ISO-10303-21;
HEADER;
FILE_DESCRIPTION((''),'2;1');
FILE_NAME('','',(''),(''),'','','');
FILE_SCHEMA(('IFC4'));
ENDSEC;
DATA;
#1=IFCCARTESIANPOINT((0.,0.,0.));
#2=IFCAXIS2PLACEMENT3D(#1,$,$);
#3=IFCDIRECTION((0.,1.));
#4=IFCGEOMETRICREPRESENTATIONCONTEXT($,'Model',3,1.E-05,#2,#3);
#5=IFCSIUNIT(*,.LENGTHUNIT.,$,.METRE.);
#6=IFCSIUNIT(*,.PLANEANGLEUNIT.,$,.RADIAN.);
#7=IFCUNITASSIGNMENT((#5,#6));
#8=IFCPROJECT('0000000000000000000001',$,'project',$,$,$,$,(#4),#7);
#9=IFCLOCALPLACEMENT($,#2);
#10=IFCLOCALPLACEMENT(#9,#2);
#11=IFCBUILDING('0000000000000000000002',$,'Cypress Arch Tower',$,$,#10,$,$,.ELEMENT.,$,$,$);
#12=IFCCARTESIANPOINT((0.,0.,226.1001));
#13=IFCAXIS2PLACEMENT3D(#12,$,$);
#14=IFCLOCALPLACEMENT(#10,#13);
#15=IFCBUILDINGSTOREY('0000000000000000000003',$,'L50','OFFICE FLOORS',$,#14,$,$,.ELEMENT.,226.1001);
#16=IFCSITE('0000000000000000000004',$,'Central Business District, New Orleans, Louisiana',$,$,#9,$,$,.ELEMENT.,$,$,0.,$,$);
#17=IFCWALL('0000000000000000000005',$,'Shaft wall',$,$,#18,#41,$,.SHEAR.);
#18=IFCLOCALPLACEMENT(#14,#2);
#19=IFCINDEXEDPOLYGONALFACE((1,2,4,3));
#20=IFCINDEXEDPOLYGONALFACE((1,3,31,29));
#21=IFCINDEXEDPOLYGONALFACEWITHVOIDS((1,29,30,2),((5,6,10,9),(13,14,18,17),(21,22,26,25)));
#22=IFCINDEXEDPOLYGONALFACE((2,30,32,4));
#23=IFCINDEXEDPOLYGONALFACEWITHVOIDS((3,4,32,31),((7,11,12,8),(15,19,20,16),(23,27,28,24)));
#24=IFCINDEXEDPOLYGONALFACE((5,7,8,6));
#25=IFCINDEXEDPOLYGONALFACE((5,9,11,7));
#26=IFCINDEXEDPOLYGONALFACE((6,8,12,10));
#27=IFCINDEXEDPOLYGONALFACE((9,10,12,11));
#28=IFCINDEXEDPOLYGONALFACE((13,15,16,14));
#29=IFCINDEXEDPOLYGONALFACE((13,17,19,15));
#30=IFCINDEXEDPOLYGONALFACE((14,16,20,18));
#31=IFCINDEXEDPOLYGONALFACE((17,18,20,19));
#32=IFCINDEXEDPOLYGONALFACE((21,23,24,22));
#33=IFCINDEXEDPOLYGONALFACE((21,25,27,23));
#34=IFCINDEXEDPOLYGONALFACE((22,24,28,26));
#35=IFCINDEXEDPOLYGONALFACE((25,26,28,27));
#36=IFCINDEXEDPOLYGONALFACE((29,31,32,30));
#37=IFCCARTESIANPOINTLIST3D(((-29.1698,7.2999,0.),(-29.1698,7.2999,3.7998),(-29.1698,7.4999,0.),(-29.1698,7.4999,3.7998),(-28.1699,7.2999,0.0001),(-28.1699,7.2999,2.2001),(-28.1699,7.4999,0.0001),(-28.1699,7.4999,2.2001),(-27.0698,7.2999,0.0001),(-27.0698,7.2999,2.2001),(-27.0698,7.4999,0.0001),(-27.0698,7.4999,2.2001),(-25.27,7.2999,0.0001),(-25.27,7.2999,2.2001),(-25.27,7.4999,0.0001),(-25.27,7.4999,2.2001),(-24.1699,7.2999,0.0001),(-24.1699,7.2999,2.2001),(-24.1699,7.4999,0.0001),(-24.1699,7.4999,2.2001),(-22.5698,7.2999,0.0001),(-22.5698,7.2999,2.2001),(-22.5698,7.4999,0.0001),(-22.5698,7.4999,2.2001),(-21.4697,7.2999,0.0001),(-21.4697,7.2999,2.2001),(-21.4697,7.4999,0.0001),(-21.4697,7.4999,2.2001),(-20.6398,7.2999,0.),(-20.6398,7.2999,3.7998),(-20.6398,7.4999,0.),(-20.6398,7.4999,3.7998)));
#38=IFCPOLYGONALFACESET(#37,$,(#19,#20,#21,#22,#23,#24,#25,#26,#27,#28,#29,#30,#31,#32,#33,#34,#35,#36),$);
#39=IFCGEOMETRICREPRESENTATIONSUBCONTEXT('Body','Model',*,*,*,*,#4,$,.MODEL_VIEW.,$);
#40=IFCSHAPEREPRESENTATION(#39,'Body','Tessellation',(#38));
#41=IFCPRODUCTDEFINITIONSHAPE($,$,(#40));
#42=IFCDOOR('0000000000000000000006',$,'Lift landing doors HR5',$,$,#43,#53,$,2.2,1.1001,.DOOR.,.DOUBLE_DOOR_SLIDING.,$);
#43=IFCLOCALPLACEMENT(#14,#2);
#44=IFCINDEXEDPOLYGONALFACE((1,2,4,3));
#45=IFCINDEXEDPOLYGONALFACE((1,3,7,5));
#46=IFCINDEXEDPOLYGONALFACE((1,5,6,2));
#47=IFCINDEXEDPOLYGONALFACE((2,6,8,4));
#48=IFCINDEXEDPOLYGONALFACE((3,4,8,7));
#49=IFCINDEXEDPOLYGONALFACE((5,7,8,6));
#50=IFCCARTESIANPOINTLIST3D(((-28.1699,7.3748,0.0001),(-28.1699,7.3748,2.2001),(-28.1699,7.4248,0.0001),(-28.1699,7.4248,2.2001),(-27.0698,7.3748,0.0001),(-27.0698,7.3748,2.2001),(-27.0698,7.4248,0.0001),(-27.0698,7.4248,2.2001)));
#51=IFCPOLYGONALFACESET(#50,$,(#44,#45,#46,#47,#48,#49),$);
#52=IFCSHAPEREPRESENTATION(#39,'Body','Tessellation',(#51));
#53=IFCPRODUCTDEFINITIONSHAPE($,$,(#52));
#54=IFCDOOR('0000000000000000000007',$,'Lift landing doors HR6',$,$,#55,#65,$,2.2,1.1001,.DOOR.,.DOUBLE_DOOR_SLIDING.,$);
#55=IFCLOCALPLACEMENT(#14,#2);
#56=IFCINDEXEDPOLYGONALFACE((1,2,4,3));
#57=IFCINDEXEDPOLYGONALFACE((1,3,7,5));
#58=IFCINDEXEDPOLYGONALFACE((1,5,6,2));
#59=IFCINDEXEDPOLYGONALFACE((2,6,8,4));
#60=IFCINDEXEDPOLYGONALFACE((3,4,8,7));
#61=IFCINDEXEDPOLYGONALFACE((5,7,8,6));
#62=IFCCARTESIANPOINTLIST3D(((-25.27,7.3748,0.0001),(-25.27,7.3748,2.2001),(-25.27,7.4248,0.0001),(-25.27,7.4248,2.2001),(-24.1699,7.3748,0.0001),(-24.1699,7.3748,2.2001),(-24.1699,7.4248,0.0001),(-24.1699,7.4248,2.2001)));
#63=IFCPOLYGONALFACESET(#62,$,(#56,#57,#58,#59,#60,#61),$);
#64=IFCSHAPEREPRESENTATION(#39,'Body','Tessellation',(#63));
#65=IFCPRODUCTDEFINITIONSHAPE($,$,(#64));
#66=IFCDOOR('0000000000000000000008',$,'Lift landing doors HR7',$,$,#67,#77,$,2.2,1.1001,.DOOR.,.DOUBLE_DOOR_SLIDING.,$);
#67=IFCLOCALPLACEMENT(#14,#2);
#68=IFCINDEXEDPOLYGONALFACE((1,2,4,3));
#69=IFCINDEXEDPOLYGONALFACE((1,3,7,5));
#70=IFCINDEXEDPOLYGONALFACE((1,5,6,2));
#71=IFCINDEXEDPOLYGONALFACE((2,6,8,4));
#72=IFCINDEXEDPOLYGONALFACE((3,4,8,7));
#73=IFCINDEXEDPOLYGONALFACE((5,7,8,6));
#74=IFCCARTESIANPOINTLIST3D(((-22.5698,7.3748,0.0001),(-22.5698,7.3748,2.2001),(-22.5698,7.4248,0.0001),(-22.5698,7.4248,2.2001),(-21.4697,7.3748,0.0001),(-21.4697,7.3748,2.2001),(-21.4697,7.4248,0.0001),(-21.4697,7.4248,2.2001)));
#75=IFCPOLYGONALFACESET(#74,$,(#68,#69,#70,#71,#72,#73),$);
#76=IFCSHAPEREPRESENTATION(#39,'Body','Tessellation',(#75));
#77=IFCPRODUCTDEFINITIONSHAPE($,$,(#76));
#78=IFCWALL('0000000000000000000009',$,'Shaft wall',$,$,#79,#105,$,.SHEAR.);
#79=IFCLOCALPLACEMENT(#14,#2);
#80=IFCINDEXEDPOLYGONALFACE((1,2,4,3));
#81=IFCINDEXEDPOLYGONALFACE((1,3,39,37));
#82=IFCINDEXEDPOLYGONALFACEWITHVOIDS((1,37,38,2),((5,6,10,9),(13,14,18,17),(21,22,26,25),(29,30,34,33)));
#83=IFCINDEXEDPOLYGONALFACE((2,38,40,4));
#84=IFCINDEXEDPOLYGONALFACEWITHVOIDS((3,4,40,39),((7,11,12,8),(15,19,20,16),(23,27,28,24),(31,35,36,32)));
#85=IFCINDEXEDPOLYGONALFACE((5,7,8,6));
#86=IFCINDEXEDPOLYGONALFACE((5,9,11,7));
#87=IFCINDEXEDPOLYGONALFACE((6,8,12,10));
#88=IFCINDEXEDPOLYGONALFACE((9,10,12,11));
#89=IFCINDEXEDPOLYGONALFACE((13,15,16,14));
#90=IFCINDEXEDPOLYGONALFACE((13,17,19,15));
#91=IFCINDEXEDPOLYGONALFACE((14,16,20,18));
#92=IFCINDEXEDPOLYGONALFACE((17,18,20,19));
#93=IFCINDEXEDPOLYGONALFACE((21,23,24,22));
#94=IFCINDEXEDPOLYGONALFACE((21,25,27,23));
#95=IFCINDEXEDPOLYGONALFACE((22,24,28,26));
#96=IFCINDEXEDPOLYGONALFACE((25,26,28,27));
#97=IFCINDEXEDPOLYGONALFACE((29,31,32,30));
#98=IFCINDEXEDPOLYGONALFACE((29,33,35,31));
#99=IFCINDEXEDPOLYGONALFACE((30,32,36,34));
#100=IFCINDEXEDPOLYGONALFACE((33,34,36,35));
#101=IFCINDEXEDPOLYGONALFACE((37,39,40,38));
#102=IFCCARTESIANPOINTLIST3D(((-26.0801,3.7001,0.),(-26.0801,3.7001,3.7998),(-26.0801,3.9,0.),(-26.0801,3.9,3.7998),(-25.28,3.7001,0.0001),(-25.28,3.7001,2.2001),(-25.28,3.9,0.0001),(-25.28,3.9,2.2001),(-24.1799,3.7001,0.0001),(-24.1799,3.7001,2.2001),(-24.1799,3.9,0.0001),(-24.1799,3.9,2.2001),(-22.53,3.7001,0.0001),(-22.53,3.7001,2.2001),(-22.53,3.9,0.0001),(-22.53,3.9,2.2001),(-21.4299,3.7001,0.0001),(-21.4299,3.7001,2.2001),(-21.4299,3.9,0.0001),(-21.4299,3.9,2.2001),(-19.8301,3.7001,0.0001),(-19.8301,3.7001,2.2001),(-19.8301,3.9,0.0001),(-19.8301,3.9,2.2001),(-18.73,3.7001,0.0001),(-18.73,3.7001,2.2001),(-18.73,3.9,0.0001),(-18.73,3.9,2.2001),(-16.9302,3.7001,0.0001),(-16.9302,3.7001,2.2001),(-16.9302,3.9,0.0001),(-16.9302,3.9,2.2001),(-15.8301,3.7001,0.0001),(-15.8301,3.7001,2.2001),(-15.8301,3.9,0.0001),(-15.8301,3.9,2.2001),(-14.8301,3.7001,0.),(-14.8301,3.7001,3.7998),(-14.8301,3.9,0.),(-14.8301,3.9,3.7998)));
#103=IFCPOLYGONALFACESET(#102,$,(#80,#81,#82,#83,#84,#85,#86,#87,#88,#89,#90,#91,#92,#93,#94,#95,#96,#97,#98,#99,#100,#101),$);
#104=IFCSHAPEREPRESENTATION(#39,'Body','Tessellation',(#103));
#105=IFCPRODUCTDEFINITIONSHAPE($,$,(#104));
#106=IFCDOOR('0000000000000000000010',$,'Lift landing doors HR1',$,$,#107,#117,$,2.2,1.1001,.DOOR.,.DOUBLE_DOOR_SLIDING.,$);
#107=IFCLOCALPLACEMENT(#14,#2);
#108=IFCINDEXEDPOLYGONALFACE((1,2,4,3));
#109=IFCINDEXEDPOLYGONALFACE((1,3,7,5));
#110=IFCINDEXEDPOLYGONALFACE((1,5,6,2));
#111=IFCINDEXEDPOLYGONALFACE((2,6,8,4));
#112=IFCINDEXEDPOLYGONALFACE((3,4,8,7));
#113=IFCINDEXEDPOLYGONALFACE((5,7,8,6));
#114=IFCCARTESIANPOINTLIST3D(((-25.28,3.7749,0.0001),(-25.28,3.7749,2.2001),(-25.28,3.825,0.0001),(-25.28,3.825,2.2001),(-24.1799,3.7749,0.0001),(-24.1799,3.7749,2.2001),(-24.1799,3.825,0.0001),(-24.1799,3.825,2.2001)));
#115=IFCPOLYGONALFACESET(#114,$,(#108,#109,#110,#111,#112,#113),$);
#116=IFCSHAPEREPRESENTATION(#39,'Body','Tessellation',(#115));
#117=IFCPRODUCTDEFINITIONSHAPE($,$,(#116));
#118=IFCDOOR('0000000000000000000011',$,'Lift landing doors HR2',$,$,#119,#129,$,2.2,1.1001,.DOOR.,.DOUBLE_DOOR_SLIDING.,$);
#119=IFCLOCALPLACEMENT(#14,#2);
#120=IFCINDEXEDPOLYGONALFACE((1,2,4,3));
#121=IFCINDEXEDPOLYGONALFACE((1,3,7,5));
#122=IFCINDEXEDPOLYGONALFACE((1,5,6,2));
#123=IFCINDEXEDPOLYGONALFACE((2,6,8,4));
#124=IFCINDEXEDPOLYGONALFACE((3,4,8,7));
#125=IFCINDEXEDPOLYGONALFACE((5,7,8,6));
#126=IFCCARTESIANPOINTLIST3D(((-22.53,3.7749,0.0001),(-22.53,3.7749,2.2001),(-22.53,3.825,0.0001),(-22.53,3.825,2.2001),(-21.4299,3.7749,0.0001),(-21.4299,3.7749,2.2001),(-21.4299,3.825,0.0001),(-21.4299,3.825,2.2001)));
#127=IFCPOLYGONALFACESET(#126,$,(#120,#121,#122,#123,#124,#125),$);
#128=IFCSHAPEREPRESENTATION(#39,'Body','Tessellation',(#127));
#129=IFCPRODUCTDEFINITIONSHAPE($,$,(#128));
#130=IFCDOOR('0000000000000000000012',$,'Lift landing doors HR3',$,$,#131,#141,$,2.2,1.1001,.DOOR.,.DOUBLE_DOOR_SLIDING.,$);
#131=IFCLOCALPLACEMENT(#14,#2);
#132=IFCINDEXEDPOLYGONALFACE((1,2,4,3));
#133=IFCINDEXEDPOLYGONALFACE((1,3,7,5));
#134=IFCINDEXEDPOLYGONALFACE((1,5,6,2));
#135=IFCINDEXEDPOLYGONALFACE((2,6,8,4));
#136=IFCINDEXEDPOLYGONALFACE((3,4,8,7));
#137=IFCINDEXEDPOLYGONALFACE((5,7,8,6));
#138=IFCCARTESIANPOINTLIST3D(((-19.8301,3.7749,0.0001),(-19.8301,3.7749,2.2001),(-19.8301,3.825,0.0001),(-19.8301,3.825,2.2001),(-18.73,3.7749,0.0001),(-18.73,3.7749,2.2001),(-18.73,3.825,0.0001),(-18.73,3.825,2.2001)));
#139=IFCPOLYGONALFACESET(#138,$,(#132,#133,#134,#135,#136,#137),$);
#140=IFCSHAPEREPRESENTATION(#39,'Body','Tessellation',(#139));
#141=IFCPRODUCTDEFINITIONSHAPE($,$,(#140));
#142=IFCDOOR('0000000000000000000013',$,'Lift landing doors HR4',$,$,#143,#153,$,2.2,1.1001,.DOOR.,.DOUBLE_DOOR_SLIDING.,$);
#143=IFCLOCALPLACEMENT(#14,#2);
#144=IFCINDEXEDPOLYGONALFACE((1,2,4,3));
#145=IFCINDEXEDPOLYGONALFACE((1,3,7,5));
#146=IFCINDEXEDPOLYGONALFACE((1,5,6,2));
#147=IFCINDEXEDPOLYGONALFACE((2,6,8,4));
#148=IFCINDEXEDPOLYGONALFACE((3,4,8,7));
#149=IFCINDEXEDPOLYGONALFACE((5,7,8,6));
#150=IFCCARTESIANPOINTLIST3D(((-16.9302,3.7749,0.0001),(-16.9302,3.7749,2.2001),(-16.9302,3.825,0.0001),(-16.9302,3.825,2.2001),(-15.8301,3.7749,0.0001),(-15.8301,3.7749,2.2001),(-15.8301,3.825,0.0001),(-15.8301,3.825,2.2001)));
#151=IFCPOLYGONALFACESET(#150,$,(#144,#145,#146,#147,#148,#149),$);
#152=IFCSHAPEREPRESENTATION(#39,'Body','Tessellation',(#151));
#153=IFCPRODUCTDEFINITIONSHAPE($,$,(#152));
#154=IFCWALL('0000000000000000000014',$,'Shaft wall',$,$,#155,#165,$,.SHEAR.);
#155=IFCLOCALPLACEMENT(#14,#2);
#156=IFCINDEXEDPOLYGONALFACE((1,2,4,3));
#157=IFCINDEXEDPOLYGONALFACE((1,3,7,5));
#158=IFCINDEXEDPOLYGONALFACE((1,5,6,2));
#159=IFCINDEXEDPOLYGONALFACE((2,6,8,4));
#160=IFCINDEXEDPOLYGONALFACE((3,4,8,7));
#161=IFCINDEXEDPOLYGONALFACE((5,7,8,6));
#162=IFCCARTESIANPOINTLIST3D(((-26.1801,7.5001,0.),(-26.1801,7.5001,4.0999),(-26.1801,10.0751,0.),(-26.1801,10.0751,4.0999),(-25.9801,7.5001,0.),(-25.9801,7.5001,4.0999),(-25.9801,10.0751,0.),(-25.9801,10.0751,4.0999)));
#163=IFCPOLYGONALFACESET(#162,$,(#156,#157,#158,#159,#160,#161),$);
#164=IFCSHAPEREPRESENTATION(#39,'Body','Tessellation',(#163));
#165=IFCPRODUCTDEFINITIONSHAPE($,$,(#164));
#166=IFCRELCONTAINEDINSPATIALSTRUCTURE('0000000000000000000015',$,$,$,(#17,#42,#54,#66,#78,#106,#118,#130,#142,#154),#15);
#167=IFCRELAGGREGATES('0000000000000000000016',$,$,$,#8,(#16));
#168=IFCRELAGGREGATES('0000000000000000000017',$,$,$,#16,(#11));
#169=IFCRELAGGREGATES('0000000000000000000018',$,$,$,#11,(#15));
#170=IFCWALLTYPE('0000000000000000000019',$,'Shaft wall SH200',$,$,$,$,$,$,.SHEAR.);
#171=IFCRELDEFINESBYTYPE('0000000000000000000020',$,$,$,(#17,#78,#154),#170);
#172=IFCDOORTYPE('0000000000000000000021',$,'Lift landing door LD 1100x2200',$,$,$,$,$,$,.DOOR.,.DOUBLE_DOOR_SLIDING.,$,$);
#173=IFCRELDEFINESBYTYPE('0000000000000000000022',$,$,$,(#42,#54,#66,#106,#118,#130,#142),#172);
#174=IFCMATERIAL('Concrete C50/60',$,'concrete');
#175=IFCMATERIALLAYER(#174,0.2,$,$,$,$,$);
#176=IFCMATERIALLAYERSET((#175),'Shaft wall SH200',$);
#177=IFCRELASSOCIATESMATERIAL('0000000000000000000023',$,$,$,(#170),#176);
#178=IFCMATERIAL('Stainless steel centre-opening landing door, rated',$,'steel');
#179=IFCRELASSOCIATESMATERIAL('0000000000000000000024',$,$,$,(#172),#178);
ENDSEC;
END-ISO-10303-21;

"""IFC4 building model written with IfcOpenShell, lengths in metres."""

from ifc_helpers import new_model, si_unit, direction, frame, frame_2d, origin, place, context, subcontext, project, spatial, rectangle, extrude, material, layer, layer_set, type_object, element, fill, save


model = new_model("IFC4")

# Units and contexts
model_context = context("Model", 3, precision=1e-05, world=origin(), true_north=direction((0.0, 1.0)))
body_context = subcontext(model_context, "Body", "Model", "MODEL_VIEW")
ifc_project = project(units=[si_unit("LENGTHUNIT", "METRE"), si_unit("PLANEANGLEUNIT", "RADIAN")], contexts=[model_context])

# Site, building, storey
site_placement = place(None, origin())
site = spatial("IfcSite", under=ifc_project, at=site_placement, Name="Central Business District, New Orleans, Louisiana", CompositionType="ELEMENT", RefElevation=0.0)
building_placement = place(site_placement, origin())
building = spatial("IfcBuilding", under=site, at=building_placement, Name="Cypress Arch Tower", CompositionType="ELEMENT")
storey_placement = place(building_placement, frame((0.0, 0.0, 226.1001)))
storey = spatial("IfcBuildingStorey", under=building, at=storey_placement, Name="L50", Description="OFFICE FLOORS", CompositionType="ELEMENT", Elevation=226.1001)

# Walls, openings, doors
ifc_material_1 = material(Name="Concrete C50/60", Category="concrete")
ifc_layer_1 = layer(ifc_material_1, 0.2)
ifc_layer_set_1 = layer_set([ifc_layer_1], Name="Shaft wall SH200")
wall_type_1 = type_object("IfcWallType", Name="Shaft wall SH200", PredefinedType="SHEAR", material=ifc_layer_set_1)
wall_1_placement = place(storey_placement, frame((-29.1699, 7.3999, 0.0), z_axis=(0.0, 0.0, 1.0), x_axis=(1.0, 0.0, 0.0)))
wall_1 = element("IfcWall", 1, at=wall_1_placement, inside=storey, type_object=wall_type_1, Name="Shaft wall", PredefinedType="SHEAR", context=body_context, shape_type="SweptSolid", body=[
    extrude(rectangle(XDim=8.53, YDim=0.2, at=frame_2d((4.2651, 0.0))), origin(), (0.0, 0.0, 1.0), 3.7998),
])
opening_1_placement = place(wall_1_placement, frame((1.0, 0.0, 0.0)))
opening_1 = element("IfcOpeningElement", 2, at=opening_1_placement, cuts=wall_1, PredefinedType="OPENING", context=body_context, shape_type="SweptSolid", body=[
    extrude(rectangle(XDim=1.1001, YDim=2.2, at=frame_2d((0.55, 1.1001))), frame((0.0, 0.1099, 0.0), z_axis=(0.0, -1.0, 0.0), x_axis=(1.0, 0.0, 0.0)), (0.0, 0.0, 1.0), 0.22),
])
opening_2_placement = place(wall_1_placement, frame((3.8999, 0.0, 0.0)))
opening_2 = element("IfcOpeningElement", 3, at=opening_2_placement, cuts=wall_1, PredefinedType="OPENING", context=body_context, shape_type="SweptSolid", body=[
    extrude(rectangle(XDim=1.1001, YDim=2.2, at=frame_2d((0.55, 1.1001))), frame((0.0, 0.1099, 0.0), z_axis=(0.0, -1.0, 0.0), x_axis=(1.0, 0.0, 0.0)), (0.0, 0.0, 1.0), 0.22),
])
opening_3_placement = place(wall_1_placement, frame((6.6001, 0.0, 0.0)))
opening_3 = element("IfcOpeningElement", 4, at=opening_3_placement, cuts=wall_1, PredefinedType="OPENING", context=body_context, shape_type="SweptSolid", body=[
    extrude(rectangle(XDim=1.1001, YDim=2.2, at=frame_2d((0.55, 1.1001))), frame((0.0, 0.1099, 0.0), z_axis=(0.0, -1.0, 0.0), x_axis=(1.0, 0.0, 0.0)), (0.0, 0.0, 1.0), 0.22),
])
ifc_material_2 = material(Name="Stainless steel centre-opening landing door, rated", Category="steel")
door_type_1 = type_object("IfcDoorType", Name="Lift landing door LD 1100x2200", OperationType="DOUBLE_DOOR_SLIDING", PredefinedType="DOOR", material=ifc_material_2)
door_1_placement = place(opening_1_placement, origin())
door_1 = element("IfcDoor", 5, at=door_1_placement, inside=storey, type_object=door_type_1, Name="Lift landing doors HR5", OperationType="DOUBLE_DOOR_SLIDING", OverallHeight=2.2, OverallWidth=1.1001, PredefinedType="DOOR", context=body_context, shape_type="SweptSolid", body=[
    extrude(rectangle(XDim=1.1001, YDim=2.2, at=frame_2d((0.55, 1.1001))), frame((0.0, 0.0249, 0.0), z_axis=(0.0, -1.0, 0.0), x_axis=(1.0, 0.0, 0.0)), (0.0, 0.0, 1.0), 0.05),
])
fill(opening_1, door_1)
door_2_placement = place(opening_2_placement, origin())
door_2 = element("IfcDoor", 6, at=door_2_placement, inside=storey, type_object=door_type_1, Name="Lift landing doors HR6", OperationType="DOUBLE_DOOR_SLIDING", OverallHeight=2.2, OverallWidth=1.1001, PredefinedType="DOOR", context=body_context, shape_type="SweptSolid", body=[
    extrude(rectangle(XDim=1.1001, YDim=2.2, at=frame_2d((0.55, 1.1001))), frame((0.0, 0.0249, 0.0), z_axis=(0.0, -1.0, 0.0), x_axis=(1.0, 0.0, 0.0)), (0.0, 0.0, 1.0), 0.05),
])
fill(opening_2, door_2)
door_3_placement = place(opening_3_placement, origin())
door_3 = element("IfcDoor", 7, at=door_3_placement, inside=storey, type_object=door_type_1, Name="Lift landing doors HR7", OperationType="DOUBLE_DOOR_SLIDING", OverallHeight=2.2, OverallWidth=1.1001, PredefinedType="DOOR", context=body_context, shape_type="SweptSolid", body=[
    extrude(rectangle(XDim=1.1001, YDim=2.2, at=frame_2d((0.55, 1.1001))), frame((0.0, 0.0249, 0.0), z_axis=(0.0, -1.0, 0.0), x_axis=(1.0, 0.0, 0.0)), (0.0, 0.0, 1.0), 0.05),
])
fill(opening_3, door_3)
wall_2_placement = place(storey_placement, frame((-26.0801, 3.8, 0.0), z_axis=(0.0, 0.0, 1.0), x_axis=(1.0, 0.0, 0.0)))
wall_2 = element("IfcWall", 8, at=wall_2_placement, inside=storey, type_object=wall_type_1, Name="Shaft wall", PredefinedType="SHEAR", context=body_context, shape_type="SweptSolid", body=[
    extrude(rectangle(XDim=11.25, YDim=0.2, at=frame_2d((5.625, 0.0))), origin(), (0.0, 0.0, 1.0), 3.7998),
])
opening_4_placement = place(wall_2_placement, frame((0.8, 0.0, 0.0)))
opening_4 = element("IfcOpeningElement", 9, at=opening_4_placement, cuts=wall_2, PredefinedType="OPENING", context=body_context, shape_type="SweptSolid", body=[
    extrude(rectangle(XDim=1.1001, YDim=2.2, at=frame_2d((0.55, 1.1001))), frame((0.0, 0.1099, 0.0), z_axis=(0.0, -1.0, 0.0), x_axis=(1.0, 0.0, 0.0)), (0.0, 0.0, 1.0), 0.22),
])
opening_5_placement = place(wall_2_placement, frame((3.55, 0.0, 0.0)))
opening_5 = element("IfcOpeningElement", 10, at=opening_5_placement, cuts=wall_2, PredefinedType="OPENING", context=body_context, shape_type="SweptSolid", body=[
    extrude(rectangle(XDim=1.1001, YDim=2.2, at=frame_2d((0.55, 1.1001))), frame((0.0, 0.1099, 0.0), z_axis=(0.0, -1.0, 0.0), x_axis=(1.0, 0.0, 0.0)), (0.0, 0.0, 1.0), 0.22),
])
opening_6_placement = place(wall_2_placement, frame((6.25, 0.0, 0.0)))
opening_6 = element("IfcOpeningElement", 11, at=opening_6_placement, cuts=wall_2, PredefinedType="OPENING", context=body_context, shape_type="SweptSolid", body=[
    extrude(rectangle(XDim=1.1001, YDim=2.2, at=frame_2d((0.55, 1.1001))), frame((0.0, 0.1099, 0.0), z_axis=(0.0, -1.0, 0.0), x_axis=(1.0, 0.0, 0.0)), (0.0, 0.0, 1.0), 0.22),
])
opening_7_placement = place(wall_2_placement, frame((9.1499, 0.0, 0.0)))
opening_7 = element("IfcOpeningElement", 12, at=opening_7_placement, cuts=wall_2, PredefinedType="OPENING", context=body_context, shape_type="SweptSolid", body=[
    extrude(rectangle(XDim=1.1001, YDim=2.2, at=frame_2d((0.55, 1.1001))), frame((0.0, 0.1099, 0.0), z_axis=(0.0, -1.0, 0.0), x_axis=(1.0, 0.0, 0.0)), (0.0, 0.0, 1.0), 0.22),
])
door_4_placement = place(opening_4_placement, origin())
door_4 = element("IfcDoor", 13, at=door_4_placement, inside=storey, type_object=door_type_1, Name="Lift landing doors HR1", OperationType="DOUBLE_DOOR_SLIDING", OverallHeight=2.2, OverallWidth=1.1001, PredefinedType="DOOR", context=body_context, shape_type="SweptSolid", body=[
    extrude(rectangle(XDim=1.1001, YDim=2.2, at=frame_2d((0.55, 1.1001))), frame((0.0, 0.0249, 0.0), z_axis=(0.0, -1.0, 0.0), x_axis=(1.0, 0.0, 0.0)), (0.0, 0.0, 1.0), 0.05),
])
fill(opening_4, door_4)
door_5_placement = place(opening_5_placement, origin())
door_5 = element("IfcDoor", 14, at=door_5_placement, inside=storey, type_object=door_type_1, Name="Lift landing doors HR2", OperationType="DOUBLE_DOOR_SLIDING", OverallHeight=2.2, OverallWidth=1.1001, PredefinedType="DOOR", context=body_context, shape_type="SweptSolid", body=[
    extrude(rectangle(XDim=1.1001, YDim=2.2, at=frame_2d((0.55, 1.1001))), frame((0.0, 0.0249, 0.0), z_axis=(0.0, -1.0, 0.0), x_axis=(1.0, 0.0, 0.0)), (0.0, 0.0, 1.0), 0.05),
])
fill(opening_5, door_5)
door_6_placement = place(opening_6_placement, origin())
door_6 = element("IfcDoor", 15, at=door_6_placement, inside=storey, type_object=door_type_1, Name="Lift landing doors HR3", OperationType="DOUBLE_DOOR_SLIDING", OverallHeight=2.2, OverallWidth=1.1001, PredefinedType="DOOR", context=body_context, shape_type="SweptSolid", body=[
    extrude(rectangle(XDim=1.1001, YDim=2.2, at=frame_2d((0.55, 1.1001))), frame((0.0, 0.0249, 0.0), z_axis=(0.0, -1.0, 0.0), x_axis=(1.0, 0.0, 0.0)), (0.0, 0.0, 1.0), 0.05),
])
fill(opening_6, door_6)
door_7_placement = place(opening_7_placement, origin())
door_7 = element("IfcDoor", 16, at=door_7_placement, inside=storey, type_object=door_type_1, Name="Lift landing doors HR4", OperationType="DOUBLE_DOOR_SLIDING", OverallHeight=2.2, OverallWidth=1.1001, PredefinedType="DOOR", context=body_context, shape_type="SweptSolid", body=[
    extrude(rectangle(XDim=1.1001, YDim=2.2, at=frame_2d((0.55, 1.1001))), frame((0.0, 0.0249, 0.0), z_axis=(0.0, -1.0, 0.0), x_axis=(1.0, 0.0, 0.0)), (0.0, 0.0, 1.0), 0.05),
])
fill(opening_7, door_7)

# Wall
for number, where, z_axis, x_axis, name in (
    (17, (-26.0801, 7.5, 0.0), (0.0, 0.0, 1.0), (0.0, 1.0, 0.0), "Shaft wall"),
):
    element("IfcWall", number, at=place(storey_placement, frame(where, z_axis=z_axis, x_axis=x_axis)), inside=storey, type_object=wall_type_1, Name=name, PredefinedType="SHEAR", context=body_context, shape_type="SweptSolid", body=[
        extrude(rectangle(XDim=2.575, YDim=0.2, at=frame_2d((1.2876, 0.0))), origin(), (0.0, 0.0, 1.0), 4.0999),
    ])

save(model, "model.ifc")
